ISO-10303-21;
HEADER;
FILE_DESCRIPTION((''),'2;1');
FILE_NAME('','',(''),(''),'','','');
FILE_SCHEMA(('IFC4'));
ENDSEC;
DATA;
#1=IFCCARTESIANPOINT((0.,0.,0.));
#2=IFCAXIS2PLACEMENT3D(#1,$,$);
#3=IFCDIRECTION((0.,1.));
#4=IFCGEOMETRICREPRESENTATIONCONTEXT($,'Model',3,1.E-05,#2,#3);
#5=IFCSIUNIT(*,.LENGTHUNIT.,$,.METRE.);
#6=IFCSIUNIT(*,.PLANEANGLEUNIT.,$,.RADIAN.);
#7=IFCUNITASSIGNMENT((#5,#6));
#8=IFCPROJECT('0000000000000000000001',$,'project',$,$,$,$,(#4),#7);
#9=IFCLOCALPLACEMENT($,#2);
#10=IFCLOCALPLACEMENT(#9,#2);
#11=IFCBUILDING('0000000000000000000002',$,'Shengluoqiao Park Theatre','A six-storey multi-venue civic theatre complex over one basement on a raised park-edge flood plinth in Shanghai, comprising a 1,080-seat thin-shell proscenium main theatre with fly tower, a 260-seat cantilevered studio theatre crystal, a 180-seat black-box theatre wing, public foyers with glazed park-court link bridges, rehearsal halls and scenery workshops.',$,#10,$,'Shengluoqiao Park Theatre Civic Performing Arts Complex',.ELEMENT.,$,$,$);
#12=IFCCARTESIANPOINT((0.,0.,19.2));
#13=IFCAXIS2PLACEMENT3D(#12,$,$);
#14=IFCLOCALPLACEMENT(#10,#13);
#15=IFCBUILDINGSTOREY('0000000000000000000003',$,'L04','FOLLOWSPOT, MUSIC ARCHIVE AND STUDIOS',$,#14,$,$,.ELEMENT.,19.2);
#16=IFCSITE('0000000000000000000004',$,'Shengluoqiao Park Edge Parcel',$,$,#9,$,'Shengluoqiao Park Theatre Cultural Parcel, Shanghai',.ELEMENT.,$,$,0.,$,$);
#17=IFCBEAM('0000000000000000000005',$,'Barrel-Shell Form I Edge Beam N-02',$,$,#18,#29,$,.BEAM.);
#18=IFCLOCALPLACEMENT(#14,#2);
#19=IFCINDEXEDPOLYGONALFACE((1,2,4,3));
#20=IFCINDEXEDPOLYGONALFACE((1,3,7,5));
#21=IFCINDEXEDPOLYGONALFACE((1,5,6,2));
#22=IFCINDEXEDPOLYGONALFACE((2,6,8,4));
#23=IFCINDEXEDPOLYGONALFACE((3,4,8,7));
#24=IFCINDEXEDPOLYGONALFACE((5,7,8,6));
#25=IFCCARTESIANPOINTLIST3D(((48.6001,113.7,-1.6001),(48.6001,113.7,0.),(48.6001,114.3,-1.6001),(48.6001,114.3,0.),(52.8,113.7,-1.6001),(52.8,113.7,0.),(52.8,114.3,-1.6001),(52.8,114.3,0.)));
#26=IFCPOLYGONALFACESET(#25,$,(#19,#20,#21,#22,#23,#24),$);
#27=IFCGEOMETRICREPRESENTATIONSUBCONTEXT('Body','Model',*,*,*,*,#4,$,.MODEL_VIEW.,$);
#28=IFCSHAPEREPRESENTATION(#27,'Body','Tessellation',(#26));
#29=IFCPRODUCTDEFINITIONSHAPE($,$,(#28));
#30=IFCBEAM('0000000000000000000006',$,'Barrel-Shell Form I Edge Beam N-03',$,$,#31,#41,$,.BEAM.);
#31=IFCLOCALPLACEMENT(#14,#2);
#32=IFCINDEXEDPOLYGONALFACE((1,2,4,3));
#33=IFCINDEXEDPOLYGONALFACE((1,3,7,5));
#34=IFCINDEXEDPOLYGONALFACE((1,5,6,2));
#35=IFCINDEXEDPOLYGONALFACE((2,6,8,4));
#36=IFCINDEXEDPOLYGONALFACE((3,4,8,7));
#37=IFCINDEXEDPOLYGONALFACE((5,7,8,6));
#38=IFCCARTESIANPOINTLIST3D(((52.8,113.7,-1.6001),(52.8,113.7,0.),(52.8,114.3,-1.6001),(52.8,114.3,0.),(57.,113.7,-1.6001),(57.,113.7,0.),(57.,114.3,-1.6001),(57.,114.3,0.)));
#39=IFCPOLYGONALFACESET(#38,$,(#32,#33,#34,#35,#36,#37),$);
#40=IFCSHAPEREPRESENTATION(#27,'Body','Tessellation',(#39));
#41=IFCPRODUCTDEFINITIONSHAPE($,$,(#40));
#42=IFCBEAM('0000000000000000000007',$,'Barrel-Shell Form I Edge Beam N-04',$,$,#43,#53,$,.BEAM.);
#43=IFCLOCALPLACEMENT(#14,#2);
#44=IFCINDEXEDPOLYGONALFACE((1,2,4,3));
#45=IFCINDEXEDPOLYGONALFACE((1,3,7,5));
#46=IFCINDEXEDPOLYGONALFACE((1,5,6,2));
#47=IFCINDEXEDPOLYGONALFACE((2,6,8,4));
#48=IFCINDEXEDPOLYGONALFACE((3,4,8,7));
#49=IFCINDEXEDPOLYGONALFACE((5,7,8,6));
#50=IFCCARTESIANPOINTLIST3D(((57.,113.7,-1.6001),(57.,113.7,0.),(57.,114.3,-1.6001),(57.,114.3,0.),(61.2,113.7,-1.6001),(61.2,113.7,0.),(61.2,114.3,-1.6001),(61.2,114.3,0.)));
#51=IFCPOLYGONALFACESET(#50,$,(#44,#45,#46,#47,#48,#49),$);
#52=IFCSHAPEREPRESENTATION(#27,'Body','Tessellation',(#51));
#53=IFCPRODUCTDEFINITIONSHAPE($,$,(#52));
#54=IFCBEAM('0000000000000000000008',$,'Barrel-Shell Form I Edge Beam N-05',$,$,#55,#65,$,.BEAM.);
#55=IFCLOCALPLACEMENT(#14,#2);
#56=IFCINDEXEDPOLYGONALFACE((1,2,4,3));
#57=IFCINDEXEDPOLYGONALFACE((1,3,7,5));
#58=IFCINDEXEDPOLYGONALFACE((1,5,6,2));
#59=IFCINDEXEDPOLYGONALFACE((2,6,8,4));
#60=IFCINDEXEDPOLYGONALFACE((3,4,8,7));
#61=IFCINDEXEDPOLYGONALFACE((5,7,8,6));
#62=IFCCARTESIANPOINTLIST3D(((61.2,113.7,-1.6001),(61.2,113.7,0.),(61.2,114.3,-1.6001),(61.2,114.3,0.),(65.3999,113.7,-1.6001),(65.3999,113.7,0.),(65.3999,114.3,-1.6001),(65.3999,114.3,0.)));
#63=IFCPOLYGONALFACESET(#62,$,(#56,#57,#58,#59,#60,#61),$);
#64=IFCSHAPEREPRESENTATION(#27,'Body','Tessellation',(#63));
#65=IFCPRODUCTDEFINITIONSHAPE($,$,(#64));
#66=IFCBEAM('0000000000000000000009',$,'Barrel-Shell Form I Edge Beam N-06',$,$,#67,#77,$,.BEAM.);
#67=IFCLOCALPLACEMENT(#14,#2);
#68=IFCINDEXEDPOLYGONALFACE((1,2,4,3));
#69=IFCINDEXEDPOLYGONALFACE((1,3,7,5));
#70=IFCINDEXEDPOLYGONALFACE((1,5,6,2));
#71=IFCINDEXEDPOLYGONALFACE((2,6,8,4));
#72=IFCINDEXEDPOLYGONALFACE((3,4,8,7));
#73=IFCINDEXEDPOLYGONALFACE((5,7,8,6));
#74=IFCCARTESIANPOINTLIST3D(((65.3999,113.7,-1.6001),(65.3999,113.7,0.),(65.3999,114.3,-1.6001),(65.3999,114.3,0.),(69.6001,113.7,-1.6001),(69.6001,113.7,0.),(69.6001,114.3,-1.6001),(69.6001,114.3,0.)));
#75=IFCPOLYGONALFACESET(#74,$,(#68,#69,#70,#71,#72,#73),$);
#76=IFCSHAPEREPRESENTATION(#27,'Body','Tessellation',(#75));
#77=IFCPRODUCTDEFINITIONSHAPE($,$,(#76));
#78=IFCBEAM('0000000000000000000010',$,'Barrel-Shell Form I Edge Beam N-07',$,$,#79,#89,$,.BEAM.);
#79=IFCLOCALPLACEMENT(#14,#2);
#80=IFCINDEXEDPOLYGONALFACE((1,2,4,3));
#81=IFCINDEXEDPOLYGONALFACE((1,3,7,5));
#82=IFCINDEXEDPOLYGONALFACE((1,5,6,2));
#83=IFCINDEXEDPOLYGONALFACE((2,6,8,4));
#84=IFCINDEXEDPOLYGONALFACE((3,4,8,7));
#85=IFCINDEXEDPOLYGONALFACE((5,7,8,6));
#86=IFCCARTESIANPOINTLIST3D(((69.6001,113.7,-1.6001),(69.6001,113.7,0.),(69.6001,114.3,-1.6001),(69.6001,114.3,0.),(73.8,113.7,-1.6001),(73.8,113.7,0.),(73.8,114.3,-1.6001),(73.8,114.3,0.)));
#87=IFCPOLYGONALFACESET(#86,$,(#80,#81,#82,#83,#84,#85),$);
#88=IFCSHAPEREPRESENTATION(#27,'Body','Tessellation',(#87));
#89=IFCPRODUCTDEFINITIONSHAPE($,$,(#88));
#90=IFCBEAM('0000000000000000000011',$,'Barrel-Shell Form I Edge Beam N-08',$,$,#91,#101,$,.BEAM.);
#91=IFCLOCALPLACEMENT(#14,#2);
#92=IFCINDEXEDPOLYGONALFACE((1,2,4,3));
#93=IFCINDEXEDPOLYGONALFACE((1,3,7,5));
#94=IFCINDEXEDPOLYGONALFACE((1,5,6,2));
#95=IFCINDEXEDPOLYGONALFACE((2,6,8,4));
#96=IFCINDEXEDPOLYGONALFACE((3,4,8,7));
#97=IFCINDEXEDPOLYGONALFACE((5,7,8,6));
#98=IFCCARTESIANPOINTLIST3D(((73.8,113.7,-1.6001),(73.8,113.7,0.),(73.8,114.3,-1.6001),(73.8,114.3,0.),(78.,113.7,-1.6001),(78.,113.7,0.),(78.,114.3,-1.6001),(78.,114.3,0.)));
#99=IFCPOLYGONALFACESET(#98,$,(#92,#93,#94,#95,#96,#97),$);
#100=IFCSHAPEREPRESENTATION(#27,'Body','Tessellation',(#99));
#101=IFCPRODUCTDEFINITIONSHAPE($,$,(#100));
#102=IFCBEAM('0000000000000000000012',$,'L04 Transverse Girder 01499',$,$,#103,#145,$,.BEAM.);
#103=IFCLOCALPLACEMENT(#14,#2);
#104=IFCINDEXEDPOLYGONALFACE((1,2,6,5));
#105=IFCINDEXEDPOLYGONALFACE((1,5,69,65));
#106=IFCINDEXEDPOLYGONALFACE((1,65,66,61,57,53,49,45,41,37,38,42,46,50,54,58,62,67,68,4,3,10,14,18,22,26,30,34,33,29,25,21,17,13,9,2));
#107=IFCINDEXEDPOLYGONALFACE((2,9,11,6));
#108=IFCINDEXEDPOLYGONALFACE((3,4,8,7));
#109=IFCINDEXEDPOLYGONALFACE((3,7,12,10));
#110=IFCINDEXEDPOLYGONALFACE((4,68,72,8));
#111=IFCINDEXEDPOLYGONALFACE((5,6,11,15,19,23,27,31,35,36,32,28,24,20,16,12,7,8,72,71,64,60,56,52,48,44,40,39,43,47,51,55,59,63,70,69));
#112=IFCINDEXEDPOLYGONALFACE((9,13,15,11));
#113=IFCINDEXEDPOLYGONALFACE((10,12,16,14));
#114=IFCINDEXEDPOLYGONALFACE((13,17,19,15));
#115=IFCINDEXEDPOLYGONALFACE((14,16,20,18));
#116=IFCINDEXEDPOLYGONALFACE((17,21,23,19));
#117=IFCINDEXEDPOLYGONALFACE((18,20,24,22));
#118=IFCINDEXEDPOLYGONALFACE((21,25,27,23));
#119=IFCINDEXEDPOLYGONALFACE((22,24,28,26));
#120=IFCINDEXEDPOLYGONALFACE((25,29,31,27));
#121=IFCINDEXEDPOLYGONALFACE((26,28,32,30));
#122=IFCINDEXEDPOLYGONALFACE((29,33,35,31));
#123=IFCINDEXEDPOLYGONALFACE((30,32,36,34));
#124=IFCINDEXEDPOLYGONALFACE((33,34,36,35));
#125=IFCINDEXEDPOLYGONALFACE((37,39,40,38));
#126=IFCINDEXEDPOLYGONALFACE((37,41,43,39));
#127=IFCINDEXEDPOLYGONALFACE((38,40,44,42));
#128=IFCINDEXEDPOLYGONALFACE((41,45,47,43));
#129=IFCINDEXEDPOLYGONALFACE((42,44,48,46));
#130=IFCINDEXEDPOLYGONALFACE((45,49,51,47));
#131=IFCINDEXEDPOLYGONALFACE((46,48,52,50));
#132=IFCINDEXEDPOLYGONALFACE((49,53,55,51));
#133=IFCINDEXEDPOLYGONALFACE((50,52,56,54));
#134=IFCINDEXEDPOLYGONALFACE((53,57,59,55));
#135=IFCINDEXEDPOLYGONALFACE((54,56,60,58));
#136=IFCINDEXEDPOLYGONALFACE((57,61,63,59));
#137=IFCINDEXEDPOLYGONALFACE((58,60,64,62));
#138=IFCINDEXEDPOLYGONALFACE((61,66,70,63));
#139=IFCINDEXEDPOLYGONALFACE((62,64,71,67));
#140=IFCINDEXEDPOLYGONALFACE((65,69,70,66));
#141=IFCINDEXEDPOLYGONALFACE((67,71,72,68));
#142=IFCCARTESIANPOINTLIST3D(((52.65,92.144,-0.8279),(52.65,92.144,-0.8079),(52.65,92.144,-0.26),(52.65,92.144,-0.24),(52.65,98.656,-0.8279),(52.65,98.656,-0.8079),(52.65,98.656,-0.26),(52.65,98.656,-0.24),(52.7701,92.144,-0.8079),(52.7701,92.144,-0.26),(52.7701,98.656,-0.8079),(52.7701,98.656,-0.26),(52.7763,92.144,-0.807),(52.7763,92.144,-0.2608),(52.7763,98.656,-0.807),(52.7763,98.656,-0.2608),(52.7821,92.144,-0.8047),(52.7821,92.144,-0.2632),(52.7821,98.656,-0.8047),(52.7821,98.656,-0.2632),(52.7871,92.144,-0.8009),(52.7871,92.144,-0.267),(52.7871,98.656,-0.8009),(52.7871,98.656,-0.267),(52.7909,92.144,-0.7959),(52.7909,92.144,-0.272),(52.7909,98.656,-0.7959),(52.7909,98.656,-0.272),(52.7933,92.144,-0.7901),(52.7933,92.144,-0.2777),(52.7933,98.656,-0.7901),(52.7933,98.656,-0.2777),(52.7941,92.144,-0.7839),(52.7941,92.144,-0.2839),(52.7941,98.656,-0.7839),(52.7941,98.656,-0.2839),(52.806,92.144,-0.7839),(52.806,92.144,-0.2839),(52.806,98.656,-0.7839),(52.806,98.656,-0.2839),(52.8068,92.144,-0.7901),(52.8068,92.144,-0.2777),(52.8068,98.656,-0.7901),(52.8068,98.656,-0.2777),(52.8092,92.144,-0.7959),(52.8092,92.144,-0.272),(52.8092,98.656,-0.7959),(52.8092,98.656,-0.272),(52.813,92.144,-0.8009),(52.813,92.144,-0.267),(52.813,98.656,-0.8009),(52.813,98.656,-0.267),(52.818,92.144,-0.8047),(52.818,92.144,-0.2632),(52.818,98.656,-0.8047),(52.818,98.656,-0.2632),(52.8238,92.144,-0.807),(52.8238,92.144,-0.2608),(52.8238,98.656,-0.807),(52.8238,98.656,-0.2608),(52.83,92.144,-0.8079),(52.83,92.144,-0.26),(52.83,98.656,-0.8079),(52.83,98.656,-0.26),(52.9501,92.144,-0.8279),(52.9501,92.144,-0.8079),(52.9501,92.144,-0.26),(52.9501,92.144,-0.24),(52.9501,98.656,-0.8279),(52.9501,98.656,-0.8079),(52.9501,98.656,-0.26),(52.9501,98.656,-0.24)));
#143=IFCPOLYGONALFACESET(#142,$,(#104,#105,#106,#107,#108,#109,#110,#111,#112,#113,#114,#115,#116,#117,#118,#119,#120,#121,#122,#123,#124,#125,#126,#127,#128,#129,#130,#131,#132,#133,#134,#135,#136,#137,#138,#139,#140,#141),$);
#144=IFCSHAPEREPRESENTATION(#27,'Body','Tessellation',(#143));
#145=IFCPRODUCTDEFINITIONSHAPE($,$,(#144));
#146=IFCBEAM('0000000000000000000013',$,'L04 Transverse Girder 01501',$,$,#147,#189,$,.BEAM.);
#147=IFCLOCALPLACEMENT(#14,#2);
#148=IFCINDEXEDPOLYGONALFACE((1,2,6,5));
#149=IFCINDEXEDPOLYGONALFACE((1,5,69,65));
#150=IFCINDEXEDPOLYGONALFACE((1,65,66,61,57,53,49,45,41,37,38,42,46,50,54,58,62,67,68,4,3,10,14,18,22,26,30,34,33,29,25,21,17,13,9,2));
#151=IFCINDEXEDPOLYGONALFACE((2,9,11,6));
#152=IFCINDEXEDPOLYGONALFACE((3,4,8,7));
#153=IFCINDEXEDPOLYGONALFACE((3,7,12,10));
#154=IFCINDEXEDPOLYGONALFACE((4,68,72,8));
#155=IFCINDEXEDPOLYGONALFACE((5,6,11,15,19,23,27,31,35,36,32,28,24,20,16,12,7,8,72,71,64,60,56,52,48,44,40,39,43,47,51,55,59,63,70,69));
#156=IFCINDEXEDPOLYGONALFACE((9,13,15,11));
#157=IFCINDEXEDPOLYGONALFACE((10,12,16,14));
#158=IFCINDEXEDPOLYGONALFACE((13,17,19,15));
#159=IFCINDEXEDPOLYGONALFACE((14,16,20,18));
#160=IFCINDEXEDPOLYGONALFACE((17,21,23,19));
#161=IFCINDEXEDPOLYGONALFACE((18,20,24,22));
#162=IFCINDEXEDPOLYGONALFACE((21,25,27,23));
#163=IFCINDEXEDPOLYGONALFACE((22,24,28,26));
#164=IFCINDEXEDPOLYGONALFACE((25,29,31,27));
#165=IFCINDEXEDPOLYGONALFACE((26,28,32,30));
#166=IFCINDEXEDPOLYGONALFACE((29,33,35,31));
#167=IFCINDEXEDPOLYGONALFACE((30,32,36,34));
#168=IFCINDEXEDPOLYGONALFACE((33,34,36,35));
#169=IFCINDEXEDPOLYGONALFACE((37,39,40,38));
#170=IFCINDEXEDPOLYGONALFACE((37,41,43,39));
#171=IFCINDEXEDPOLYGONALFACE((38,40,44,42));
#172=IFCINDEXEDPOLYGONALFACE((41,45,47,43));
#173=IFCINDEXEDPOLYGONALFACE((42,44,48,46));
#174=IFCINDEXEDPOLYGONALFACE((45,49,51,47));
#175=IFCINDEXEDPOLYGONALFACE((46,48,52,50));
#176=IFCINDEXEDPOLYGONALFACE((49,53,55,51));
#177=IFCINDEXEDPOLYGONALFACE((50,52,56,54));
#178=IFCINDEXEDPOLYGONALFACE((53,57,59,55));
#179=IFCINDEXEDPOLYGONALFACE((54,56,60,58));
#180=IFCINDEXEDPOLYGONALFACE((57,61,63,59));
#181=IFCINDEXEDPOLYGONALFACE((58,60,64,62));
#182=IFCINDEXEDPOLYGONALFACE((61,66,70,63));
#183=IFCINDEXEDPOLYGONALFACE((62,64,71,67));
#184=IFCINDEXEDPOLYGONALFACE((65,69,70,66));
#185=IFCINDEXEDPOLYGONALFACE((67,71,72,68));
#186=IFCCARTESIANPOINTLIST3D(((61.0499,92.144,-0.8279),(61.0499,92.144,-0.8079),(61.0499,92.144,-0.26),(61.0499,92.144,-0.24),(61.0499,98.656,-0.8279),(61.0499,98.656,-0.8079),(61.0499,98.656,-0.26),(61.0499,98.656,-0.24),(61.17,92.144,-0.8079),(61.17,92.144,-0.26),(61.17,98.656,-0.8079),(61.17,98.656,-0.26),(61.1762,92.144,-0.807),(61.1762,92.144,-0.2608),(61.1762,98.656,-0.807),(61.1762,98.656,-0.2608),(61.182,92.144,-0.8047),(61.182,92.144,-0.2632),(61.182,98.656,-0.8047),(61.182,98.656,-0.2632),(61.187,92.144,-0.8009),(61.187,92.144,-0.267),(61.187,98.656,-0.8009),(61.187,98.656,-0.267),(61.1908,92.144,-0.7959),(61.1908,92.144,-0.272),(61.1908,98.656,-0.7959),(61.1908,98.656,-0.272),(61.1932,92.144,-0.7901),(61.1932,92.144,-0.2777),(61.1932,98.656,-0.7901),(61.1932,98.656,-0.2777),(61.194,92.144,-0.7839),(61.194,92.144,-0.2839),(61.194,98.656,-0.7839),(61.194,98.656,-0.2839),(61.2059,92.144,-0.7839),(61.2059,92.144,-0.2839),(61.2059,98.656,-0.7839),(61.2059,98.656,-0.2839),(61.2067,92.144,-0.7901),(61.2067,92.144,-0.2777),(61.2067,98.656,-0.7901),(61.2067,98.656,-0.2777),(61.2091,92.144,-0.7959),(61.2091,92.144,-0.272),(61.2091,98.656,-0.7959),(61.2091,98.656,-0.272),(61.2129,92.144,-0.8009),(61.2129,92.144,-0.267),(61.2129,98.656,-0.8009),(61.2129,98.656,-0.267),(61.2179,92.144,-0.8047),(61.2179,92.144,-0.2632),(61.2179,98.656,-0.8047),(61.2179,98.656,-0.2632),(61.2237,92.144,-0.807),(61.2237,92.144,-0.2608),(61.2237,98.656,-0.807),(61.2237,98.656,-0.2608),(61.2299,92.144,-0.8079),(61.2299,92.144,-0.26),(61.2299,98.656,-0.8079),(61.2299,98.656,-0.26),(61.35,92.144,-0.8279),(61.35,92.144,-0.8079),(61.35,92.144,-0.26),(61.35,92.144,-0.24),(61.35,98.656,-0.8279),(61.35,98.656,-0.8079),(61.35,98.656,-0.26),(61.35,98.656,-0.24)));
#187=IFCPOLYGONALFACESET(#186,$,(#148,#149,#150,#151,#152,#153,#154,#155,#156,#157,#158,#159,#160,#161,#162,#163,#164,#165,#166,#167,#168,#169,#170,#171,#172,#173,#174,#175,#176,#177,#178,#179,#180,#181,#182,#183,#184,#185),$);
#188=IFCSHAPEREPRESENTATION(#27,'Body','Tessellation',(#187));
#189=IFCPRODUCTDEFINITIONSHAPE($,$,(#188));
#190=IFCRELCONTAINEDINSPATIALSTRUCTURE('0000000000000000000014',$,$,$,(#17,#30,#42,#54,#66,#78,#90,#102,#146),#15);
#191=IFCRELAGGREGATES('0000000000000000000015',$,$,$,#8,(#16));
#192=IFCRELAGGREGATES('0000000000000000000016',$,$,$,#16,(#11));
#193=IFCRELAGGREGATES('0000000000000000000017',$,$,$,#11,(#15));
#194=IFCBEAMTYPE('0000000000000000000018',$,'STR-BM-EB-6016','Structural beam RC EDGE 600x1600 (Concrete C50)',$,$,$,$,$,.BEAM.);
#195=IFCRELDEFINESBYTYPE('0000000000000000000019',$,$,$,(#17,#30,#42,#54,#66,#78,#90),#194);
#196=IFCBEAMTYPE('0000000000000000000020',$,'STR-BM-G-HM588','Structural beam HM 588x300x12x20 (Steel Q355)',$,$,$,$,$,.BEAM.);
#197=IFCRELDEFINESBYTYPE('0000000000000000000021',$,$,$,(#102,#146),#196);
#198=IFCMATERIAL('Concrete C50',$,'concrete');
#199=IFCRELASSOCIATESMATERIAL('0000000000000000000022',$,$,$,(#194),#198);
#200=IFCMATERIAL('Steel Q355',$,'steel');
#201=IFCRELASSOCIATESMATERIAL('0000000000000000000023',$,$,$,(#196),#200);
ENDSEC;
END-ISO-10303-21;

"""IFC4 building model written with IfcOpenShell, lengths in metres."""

from ifc_helpers import new_model, si_unit, direction, frame, origin, origin_2d, place, context, subcontext, project, spatial, rectangle, i_section, extrude, material, material_profile, profile_set, type_object, element, save


model = new_model("IFC4")

# Units and contexts
model_context = context("Model", 3, precision=1e-05, world=origin(), true_north=direction((0.0, 1.0)))
body_context = subcontext(model_context, "Body", "Model", "MODEL_VIEW")
ifc_project = project(units=[si_unit("LENGTHUNIT", "METRE"), si_unit("PLANEANGLEUNIT", "RADIAN")], contexts=[model_context])

# Site, building, storey
site_placement = place(None, origin())
site = spatial("IfcSite", under=ifc_project, at=site_placement, Name="Shengluoqiao Park Edge Parcel", LongName="Shengluoqiao Park Theatre Cultural Parcel, Shanghai", CompositionType="ELEMENT", RefElevation=0.0)
building_placement = place(site_placement, origin())
building = spatial("IfcBuilding", under=site, at=building_placement, Name="Shengluoqiao Park Theatre", Description="A six-storey multi-venue civic theatre complex over one basement on a raised park-edge flood plinth in Shanghai, comprising a 1,080-seat thin-shell proscenium main theatre with fly tower, a 260-seat cantilevered studio theatre crystal, a 180-seat black-box theatre wing, public foyers with glazed park-court link bridges, rehearsal halls and scenery workshops.", LongName="Shengluoqiao Park Theatre Civic Performing Arts Complex", CompositionType="ELEMENT")
storey_placement = place(building_placement, frame((0.0, 0.0, 19.2)))
storey = spatial("IfcBuildingStorey", under=building, at=storey_placement, Name="L04", Description="FOLLOWSPOT, MUSIC ARCHIVE AND STUDIOS", CompositionType="ELEMENT", Elevation=19.2)

# Beams
ifc_material_1 = material(Name="Concrete C50", Category="concrete")
ifc_material_profile_1 = material_profile(ifc_material_1, rectangle(XDim=0.6001, YDim=1.6001, at=origin_2d()), Name="RC EDGE 600x1600")
ifc_profile_set_1 = profile_set([ifc_material_profile_1], Name="Concrete C50")
beam_type_1 = type_object("IfcBeamType", Name="STR-BM-EB-6016", Description="Structural beam RC EDGE 600x1600 (Concrete C50)", PredefinedType="BEAM", material=ifc_profile_set_1)
for number, where, z_axis, x_axis, name in (
    (1, (48.6001, 114.0, -0.8), (1.0, 0.0, 0.0), (0.0, 1.0, 0.0), "Barrel-Shell Form I Edge Beam N-02"),
    (2, (52.8, 114.0, -0.8), (1.0, 0.0, 0.0), (0.0, 1.0, 0.0), "Barrel-Shell Form I Edge Beam N-03"),
    (3, (57.0, 114.0, -0.8), (1.0, 0.0, 0.0), (0.0, 1.0, 0.0), "Barrel-Shell Form I Edge Beam N-04"),
    (4, (61.2, 114.0, -0.8), (1.0, 0.0, 0.0), (0.0, 1.0, 0.0), "Barrel-Shell Form I Edge Beam N-05"),
):
    element("IfcBeam", number, at=place(storey_placement, frame(where, z_axis=z_axis, x_axis=x_axis)), inside=storey, type_object=beam_type_1, Name=name, PredefinedType="BEAM", context=body_context, shape_type="SweptSolid", body=[
        extrude(rectangle(XDim=0.6001, YDim=1.6001, at=origin_2d()), origin(), (0.0, 0.0, 1.0), 4.2),
    ])
beam_1_placement = place(storey_placement, frame((65.3999, 114.0, -0.8), z_axis=(1.0, 0.0, 0.0), x_axis=(0.0, 1.0, 0.0)))
element("IfcBeam", 5, at=beam_1_placement, inside=storey, type_object=beam_type_1, Name="Barrel-Shell Form I Edge Beam N-06", PredefinedType="BEAM", context=body_context, shape_type="SweptSolid", body=[
    extrude(rectangle(XDim=0.6001, YDim=1.6001, at=origin_2d()), origin(), (0.0, 0.0, 1.0), 4.2002),
])
for number, where, z_axis, x_axis, name in (
    (6, (69.6001, 114.0, -0.8), (1.0, 0.0, 0.0), (0.0, 1.0, 0.0), "Barrel-Shell Form I Edge Beam N-07"),
    (7, (73.8, 114.0, -0.8), (1.0, 0.0, 0.0), (0.0, 1.0, 0.0), "Barrel-Shell Form I Edge Beam N-08"),
):
    element("IfcBeam", number, at=place(storey_placement, frame(where, z_axis=z_axis, x_axis=x_axis)), inside=storey, type_object=beam_type_1, Name=name, PredefinedType="BEAM", context=body_context, shape_type="SweptSolid", body=[
        extrude(rectangle(XDim=0.6001, YDim=1.6001, at=origin_2d()), origin(), (0.0, 0.0, 1.0), 4.2),
    ])
ifc_material_2 = material(Name="Steel Q355", Category="steel")
ifc_material_profile_2 = material_profile(ifc_material_2, i_section(OverallWidth=0.3, OverallDepth=0.5879, WebThickness=0.012, FlangeThickness=0.02, FilletRadius=0.0239, at=origin_2d()), Name="HM 588x300x12x20")
ifc_profile_set_2 = profile_set([ifc_material_profile_2], Name="Steel Q355")
beam_type_2 = type_object("IfcBeamType", Name="STR-BM-G-HM588", Description="Structural beam HM 588x300x12x20 (Steel Q355)", PredefinedType="BEAM", material=ifc_profile_set_2)
for number, where, z_axis, x_axis, name in (
    (8, (52.8, 92.144, -0.5339), (0.0, 1.0, 0.0), (-1.0, 0.0, 0.0), "L04 Transverse Girder 01499"),
    (9, (61.2, 92.144, -0.5339), (0.0, 1.0, 0.0), (-1.0, 0.0, 0.0), "L04 Transverse Girder 01501"),
):
    element("IfcBeam", number, at=place(storey_placement, frame(where, z_axis=z_axis, x_axis=x_axis)), inside=storey, type_object=beam_type_2, Name=name, PredefinedType="BEAM", context=body_context, shape_type="SweptSolid", body=[
        extrude(i_section(OverallWidth=0.3, OverallDepth=0.5879, WebThickness=0.012, FlangeThickness=0.02, FilletRadius=0.0239, at=origin_2d()), origin(), (0.0, 0.0, 1.0), 6.512),
    ])

save(model, "model.ifc")
